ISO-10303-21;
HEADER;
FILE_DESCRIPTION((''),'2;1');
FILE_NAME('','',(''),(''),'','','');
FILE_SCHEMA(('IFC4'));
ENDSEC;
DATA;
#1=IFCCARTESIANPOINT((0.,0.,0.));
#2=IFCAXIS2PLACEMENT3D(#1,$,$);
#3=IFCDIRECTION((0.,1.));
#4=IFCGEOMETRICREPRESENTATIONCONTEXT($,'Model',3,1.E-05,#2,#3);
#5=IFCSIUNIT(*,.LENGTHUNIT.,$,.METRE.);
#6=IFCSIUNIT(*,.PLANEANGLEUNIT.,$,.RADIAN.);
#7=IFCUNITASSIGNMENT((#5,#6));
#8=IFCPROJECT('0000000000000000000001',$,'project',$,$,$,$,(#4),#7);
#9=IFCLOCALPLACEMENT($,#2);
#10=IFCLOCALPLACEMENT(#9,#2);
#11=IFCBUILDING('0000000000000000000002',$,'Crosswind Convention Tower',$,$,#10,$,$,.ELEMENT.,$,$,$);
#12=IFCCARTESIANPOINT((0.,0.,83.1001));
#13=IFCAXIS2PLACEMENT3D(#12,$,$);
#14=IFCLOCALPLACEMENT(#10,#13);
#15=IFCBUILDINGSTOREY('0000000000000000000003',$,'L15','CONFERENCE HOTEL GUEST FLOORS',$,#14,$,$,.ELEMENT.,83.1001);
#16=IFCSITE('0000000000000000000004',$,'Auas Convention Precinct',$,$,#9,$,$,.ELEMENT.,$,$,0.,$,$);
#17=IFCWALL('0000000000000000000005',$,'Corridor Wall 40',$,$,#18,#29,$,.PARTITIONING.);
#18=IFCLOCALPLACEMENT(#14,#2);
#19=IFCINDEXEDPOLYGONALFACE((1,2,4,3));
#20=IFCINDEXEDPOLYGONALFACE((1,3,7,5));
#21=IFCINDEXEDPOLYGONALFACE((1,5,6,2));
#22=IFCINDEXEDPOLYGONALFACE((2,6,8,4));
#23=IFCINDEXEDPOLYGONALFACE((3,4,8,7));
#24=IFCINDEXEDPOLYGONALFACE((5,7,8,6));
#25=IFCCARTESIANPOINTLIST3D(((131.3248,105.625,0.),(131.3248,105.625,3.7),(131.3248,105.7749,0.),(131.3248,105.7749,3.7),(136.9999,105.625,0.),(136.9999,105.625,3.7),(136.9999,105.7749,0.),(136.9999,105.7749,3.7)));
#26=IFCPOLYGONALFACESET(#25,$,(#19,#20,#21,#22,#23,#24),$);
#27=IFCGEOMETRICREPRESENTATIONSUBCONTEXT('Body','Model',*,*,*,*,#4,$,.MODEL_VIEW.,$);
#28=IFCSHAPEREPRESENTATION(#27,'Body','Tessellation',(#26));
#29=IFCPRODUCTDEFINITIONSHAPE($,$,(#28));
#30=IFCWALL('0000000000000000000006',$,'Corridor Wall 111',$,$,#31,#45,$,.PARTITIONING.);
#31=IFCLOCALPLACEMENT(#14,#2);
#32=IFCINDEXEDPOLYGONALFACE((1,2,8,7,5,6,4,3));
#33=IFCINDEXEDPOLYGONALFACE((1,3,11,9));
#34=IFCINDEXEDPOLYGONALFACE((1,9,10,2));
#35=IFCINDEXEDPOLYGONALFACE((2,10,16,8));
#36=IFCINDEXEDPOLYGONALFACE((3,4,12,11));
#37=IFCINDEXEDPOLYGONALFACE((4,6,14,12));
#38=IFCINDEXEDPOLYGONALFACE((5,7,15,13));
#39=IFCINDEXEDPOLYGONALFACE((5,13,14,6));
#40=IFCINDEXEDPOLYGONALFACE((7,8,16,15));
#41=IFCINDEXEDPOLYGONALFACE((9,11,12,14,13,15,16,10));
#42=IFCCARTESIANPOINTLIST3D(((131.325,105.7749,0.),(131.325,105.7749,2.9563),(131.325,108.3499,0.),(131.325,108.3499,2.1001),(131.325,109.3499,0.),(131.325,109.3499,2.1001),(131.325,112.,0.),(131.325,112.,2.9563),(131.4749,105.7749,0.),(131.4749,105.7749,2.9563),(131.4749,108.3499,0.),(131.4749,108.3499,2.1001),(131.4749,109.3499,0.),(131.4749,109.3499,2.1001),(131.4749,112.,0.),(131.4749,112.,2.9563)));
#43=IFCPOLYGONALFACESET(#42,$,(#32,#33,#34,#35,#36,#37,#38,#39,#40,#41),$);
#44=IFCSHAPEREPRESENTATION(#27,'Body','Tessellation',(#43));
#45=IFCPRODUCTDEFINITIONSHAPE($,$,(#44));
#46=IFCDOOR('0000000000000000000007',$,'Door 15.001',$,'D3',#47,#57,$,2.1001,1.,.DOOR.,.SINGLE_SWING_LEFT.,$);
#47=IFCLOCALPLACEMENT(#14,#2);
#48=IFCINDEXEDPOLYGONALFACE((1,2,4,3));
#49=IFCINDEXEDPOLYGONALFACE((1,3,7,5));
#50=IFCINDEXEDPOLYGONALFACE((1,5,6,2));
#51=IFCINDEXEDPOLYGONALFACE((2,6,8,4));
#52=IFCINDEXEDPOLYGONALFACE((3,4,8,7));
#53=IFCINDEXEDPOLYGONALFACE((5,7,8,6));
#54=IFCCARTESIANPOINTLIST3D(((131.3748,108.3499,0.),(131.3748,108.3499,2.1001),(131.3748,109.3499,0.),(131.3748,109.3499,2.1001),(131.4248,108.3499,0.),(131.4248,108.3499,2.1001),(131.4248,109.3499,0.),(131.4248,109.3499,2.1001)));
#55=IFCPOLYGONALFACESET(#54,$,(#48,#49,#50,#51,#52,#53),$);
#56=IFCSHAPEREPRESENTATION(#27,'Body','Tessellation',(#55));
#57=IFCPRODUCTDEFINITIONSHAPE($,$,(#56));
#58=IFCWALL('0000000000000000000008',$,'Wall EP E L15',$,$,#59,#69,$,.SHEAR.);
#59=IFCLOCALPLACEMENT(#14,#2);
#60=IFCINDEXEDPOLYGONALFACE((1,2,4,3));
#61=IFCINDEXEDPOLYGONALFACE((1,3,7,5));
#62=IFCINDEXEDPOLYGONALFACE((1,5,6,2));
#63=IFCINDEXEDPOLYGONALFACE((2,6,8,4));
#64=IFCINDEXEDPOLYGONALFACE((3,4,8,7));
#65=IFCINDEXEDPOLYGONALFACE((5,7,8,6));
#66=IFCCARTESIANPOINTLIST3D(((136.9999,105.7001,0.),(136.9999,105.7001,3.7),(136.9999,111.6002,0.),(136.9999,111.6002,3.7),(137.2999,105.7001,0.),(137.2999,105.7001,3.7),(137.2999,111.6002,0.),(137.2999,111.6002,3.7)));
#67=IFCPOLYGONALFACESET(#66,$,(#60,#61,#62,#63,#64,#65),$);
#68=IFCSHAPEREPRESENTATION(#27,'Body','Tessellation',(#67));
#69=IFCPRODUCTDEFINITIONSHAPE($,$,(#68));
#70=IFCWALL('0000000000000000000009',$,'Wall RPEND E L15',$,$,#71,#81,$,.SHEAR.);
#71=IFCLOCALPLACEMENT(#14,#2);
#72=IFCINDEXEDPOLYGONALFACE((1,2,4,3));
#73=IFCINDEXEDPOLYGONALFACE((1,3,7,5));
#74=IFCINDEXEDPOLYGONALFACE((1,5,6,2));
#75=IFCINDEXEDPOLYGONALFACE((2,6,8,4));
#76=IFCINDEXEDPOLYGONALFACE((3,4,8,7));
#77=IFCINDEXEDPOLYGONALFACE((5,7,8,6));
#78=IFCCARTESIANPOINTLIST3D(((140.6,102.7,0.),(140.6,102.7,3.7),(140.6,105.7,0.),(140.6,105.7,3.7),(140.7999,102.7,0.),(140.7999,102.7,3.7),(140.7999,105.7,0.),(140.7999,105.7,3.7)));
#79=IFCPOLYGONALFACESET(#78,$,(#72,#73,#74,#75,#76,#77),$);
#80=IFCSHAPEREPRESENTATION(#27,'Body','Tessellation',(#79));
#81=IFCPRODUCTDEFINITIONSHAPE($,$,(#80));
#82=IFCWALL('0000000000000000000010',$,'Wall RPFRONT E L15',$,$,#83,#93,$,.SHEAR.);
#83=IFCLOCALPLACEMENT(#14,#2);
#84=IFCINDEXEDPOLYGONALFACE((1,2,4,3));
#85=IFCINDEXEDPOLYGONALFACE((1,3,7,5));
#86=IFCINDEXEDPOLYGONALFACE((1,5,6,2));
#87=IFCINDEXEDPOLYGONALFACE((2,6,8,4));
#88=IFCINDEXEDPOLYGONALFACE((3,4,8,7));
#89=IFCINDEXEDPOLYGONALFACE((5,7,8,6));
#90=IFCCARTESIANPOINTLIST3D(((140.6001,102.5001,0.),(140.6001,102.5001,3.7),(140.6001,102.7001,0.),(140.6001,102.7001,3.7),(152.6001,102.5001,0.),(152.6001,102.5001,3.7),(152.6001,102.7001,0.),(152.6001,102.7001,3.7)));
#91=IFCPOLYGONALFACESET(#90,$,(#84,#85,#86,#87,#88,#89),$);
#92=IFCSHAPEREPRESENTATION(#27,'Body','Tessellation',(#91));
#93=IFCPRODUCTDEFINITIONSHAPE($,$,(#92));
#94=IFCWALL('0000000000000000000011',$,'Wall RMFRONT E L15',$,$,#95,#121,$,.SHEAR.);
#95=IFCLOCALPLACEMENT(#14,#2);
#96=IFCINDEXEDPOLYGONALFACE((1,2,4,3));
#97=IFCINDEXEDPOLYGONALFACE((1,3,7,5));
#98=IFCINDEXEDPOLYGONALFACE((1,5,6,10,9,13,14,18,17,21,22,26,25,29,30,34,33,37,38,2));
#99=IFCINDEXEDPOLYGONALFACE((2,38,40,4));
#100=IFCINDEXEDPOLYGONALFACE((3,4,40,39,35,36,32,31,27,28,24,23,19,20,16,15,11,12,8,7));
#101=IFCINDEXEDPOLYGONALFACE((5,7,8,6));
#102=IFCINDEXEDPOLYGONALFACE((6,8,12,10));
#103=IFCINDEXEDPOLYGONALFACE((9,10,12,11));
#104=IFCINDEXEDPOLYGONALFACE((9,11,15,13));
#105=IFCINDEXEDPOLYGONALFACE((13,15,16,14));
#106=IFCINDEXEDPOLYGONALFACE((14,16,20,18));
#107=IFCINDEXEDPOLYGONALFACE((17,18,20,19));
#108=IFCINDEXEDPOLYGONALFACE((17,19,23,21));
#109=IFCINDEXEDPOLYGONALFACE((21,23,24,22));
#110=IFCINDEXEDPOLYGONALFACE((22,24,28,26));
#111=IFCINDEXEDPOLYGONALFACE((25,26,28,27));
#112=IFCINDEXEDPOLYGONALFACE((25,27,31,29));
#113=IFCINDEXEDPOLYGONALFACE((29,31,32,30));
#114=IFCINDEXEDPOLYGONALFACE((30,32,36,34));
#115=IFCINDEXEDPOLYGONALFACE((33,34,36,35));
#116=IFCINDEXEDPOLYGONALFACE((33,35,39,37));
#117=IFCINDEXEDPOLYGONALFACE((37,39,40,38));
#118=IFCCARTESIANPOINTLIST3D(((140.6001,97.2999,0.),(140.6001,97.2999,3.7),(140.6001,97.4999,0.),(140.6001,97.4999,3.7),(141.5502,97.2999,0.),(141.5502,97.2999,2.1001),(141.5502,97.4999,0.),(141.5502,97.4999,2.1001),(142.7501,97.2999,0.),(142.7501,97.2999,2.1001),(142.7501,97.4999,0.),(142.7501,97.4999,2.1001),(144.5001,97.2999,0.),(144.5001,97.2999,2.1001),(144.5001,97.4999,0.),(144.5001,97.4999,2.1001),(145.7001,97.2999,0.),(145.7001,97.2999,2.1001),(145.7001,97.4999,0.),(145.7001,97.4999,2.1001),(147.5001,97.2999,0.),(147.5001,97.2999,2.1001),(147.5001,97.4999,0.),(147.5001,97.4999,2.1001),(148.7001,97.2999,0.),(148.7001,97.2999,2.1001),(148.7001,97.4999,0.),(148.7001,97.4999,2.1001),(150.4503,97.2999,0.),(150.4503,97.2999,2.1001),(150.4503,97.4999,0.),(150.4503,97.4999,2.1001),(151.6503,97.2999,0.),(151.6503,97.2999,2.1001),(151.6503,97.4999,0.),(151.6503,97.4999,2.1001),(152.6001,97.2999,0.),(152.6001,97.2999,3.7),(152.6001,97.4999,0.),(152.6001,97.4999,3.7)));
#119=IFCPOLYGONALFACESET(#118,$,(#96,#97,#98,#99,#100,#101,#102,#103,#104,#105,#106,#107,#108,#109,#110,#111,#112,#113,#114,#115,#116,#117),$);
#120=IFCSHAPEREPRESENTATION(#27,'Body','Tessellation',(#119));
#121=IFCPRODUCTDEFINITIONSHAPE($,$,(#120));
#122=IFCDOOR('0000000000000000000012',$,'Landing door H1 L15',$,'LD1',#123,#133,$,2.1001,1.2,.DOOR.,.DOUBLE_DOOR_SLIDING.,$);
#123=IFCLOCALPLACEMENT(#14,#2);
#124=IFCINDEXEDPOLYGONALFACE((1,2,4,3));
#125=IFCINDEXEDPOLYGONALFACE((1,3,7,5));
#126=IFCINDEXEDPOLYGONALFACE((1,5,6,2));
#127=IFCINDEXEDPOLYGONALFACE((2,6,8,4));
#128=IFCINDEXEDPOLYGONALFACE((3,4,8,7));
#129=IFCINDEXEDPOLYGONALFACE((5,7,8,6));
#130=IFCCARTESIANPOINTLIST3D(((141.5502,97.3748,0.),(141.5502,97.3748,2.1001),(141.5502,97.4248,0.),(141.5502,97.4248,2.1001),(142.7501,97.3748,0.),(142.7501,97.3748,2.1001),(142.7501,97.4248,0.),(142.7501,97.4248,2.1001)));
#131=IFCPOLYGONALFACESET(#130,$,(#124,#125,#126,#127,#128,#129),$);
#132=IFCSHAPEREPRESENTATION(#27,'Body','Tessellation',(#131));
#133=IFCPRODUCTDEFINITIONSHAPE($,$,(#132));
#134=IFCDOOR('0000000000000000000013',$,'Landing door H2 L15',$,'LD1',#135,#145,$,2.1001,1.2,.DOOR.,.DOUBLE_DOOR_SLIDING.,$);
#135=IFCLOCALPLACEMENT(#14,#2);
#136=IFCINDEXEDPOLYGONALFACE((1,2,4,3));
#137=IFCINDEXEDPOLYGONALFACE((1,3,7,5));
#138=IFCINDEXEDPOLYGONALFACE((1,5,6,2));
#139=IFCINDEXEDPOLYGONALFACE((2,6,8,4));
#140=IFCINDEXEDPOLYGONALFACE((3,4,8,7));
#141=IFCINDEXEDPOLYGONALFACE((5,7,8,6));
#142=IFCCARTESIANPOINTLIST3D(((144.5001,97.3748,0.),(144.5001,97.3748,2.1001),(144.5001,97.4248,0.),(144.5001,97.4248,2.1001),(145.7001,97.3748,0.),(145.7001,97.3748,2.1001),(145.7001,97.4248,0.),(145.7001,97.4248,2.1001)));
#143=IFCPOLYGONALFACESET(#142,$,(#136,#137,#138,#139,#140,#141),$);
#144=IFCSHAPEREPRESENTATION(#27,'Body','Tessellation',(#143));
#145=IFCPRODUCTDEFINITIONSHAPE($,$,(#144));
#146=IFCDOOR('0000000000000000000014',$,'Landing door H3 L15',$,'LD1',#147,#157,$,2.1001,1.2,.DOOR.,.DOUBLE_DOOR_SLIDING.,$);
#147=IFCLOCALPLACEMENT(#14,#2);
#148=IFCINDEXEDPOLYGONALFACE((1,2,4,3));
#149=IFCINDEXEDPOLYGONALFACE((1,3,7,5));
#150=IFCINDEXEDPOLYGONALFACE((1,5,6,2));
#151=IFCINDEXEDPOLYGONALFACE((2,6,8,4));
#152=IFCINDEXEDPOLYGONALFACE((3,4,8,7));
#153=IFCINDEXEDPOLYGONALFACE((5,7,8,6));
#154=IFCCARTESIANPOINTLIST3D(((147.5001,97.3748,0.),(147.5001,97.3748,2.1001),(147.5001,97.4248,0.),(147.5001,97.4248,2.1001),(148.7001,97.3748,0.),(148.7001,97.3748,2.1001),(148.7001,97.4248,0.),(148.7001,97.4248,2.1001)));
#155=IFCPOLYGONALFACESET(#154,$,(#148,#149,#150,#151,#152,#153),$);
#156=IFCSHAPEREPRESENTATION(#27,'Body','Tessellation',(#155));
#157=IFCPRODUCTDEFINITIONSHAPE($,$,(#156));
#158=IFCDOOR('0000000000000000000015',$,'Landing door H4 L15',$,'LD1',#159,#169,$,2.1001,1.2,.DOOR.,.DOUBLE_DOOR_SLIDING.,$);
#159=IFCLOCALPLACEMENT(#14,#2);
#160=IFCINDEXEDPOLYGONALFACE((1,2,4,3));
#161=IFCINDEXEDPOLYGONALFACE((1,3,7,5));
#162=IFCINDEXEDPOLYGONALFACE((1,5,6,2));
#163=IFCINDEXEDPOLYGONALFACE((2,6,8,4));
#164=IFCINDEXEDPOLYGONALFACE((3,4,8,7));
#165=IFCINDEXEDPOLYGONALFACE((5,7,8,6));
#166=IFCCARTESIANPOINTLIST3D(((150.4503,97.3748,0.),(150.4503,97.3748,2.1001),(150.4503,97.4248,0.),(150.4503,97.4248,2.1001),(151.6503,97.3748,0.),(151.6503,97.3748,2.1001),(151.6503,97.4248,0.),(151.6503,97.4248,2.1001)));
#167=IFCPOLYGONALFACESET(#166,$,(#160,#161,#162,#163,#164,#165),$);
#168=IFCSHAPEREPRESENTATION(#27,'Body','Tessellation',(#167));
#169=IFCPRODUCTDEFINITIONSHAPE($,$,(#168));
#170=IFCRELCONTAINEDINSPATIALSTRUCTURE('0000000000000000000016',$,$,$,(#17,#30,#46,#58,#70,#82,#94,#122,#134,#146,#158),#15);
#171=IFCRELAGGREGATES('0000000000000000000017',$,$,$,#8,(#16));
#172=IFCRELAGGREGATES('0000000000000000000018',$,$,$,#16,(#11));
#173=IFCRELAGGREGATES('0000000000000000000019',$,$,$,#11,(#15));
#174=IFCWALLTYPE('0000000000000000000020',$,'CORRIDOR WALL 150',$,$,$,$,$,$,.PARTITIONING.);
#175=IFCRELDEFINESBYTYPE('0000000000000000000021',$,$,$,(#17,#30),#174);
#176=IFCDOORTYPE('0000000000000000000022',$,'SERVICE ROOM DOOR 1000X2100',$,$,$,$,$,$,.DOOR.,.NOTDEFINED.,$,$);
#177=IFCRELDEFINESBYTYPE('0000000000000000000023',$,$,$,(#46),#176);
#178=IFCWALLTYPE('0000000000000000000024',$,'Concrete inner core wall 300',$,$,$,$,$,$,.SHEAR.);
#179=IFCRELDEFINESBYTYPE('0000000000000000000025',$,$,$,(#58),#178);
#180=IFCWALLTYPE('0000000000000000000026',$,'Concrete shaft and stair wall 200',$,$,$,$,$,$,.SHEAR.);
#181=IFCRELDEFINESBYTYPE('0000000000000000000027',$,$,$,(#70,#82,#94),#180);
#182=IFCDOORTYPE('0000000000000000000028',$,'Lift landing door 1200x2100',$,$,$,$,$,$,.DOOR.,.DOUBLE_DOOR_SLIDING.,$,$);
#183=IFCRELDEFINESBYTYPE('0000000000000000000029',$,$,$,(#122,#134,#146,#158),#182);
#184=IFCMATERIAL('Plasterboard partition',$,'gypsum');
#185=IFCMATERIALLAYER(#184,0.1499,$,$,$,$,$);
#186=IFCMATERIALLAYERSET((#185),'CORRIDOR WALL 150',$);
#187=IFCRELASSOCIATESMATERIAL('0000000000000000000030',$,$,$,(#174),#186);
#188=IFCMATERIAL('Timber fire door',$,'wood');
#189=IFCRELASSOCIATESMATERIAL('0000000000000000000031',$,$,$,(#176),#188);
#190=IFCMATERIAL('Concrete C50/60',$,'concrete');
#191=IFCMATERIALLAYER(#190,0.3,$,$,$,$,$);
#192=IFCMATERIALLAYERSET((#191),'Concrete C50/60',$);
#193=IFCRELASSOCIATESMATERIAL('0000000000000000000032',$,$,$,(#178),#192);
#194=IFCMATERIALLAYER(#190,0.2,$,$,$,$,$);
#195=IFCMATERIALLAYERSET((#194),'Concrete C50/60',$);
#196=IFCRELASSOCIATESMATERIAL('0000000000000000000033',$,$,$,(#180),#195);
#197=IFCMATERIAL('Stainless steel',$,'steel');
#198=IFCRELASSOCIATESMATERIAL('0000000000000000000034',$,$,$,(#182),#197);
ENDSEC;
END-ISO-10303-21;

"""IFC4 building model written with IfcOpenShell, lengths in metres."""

from ifc_helpers import new_model, si_unit, direction, frame, frame_2d, origin, place, context, subcontext, project, spatial, rectangle, extrude, material, layer, layer_set, type_object, element, fill, save


model = new_model("IFC4")

# Units and contexts
model_context = context("Model", 3, precision=1e-05, world=origin(), true_north=direction((0.0, 1.0)))
body_context = subcontext(model_context, "Body", "Model", "MODEL_VIEW")
ifc_project = project(units=[si_unit("LENGTHUNIT", "METRE"), si_unit("PLANEANGLEUNIT", "RADIAN")], contexts=[model_context])

# Site, building, storey
site_placement = place(None, origin())
site = spatial("IfcSite", under=ifc_project, at=site_placement, Name="Auas Convention Precinct", CompositionType="ELEMENT", RefElevation=0.0)
building_placement = place(site_placement, origin())
building = spatial("IfcBuilding", under=site, at=building_placement, Name="Crosswind Convention Tower", CompositionType="ELEMENT")
storey_placement = place(building_placement, frame((0.0, 0.0, 83.1001)))
storey = spatial("IfcBuildingStorey", under=building, at=storey_placement, Name="L15", Description="CONFERENCE HOTEL GUEST FLOORS", CompositionType="ELEMENT", Elevation=83.1001)

# Wall
ifc_material_1 = material(Name="Plasterboard partition", Category="gypsum")
ifc_layer_1 = layer(ifc_material_1, 0.1499)
ifc_layer_set_1 = layer_set([ifc_layer_1], Name="CORRIDOR WALL 150")
wall_type_1 = type_object("IfcWallType", Name="CORRIDOR WALL 150", PredefinedType="PARTITIONING", material=ifc_layer_set_1)
wall_1_placement = place(storey_placement, frame((131.325, 105.7, 0.0), z_axis=(0.0, 0.0, 1.0), x_axis=(1.0, 0.0, 0.0)))
element("IfcWall", 1, at=wall_1_placement, inside=storey, type_object=wall_type_1, Name="Corridor Wall 40", PredefinedType="PARTITIONING", context=body_context, shape_type="SweptSolid", body=[
    extrude(rectangle(XDim=5.675, YDim=0.1499, at=frame_2d((2.8374, 0.0))), origin(), (0.0, 0.0, 1.0), 3.7),
])

# Wall, opening, door
wall_2_placement = place(storey_placement, frame((131.3999, 105.7749, 0.0), z_axis=(0.0, 0.0, 1.0), x_axis=(0.0, 1.0, 0.0)))
wall_2 = element("IfcWall", 2, at=wall_2_placement, inside=storey, type_object=wall_type_1, Name="Corridor Wall 111", PredefinedType="PARTITIONING", context=body_context, shape_type="SweptSolid", body=[
    extrude(rectangle(XDim=6.2251, YDim=0.1499, at=frame_2d((3.1125, 0.0))), origin(), (0.0, 0.0, 1.0), 2.9563),
])
opening_1_placement = place(wall_2_placement, frame((2.575, 0.0, 0.0)))
opening_1 = element("IfcOpeningElement", 3, at=opening_1_placement, cuts=wall_2, PredefinedType="OPENING", context=body_context, shape_type="SweptSolid", body=[
    extrude(rectangle(XDim=1.0, YDim=2.1001, at=frame_2d((0.5, 1.05))), frame((0.0, 0.085, 0.0), z_axis=(0.0, -1.0, 0.0), x_axis=(1.0, 0.0, 0.0)), (0.0, 0.0, 1.0), 0.1699),
])
ifc_material_2 = material(Name="Timber fire door", Category="wood")
door_type_1 = type_object("IfcDoorType", Name="SERVICE ROOM DOOR 1000X2100", OperationType="NOTDEFINED", PredefinedType="DOOR", material=ifc_material_2)
door_1_placement = place(opening_1_placement, frame((1.0, 0.0, 0.0), z_axis=(0.0, 0.0, 1.0), x_axis=(-1.0, 0.0, 0.0)))
door_1 = element("IfcDoor", 4, at=door_1_placement, inside=storey, type_object=door_type_1, Name="Door 15.001", ObjectType="D3", OperationType="SINGLE_SWING_LEFT", OverallHeight=2.1001, OverallWidth=1.0, PredefinedType="DOOR", context=body_context, shape_type="SweptSolid", body=[
    extrude(rectangle(XDim=1.0, YDim=2.1001, at=frame_2d((0.5, 1.05))), frame((0.0, 0.0249, 0.0), z_axis=(0.0, -1.0, 0.0), x_axis=(1.0, 0.0, 0.0)), (0.0, 0.0, 1.0), 0.05),
])
fill(opening_1, door_1)

# Walls
ifc_material_3 = material(Name="Concrete C50/60", Category="concrete")
ifc_layer_2 = layer(ifc_material_3, 0.3)
ifc_layer_set_2 = layer_set([ifc_layer_2], Name="Concrete C50/60")
wall_type_2 = type_object("IfcWallType", Name="Concrete inner core wall 300", PredefinedType="SHEAR", material=ifc_layer_set_2)
wall_3_placement = place(storey_placement, frame((137.1499, 105.7, 0.0), z_axis=(0.0, 0.0, 1.0), x_axis=(0.0, 1.0, 0.0)))
element("IfcWall", 5, at=wall_3_placement, inside=storey, type_object=wall_type_2, Name="Wall EP E L15", PredefinedType="SHEAR", context=body_context, shape_type="SweptSolid", body=[
    extrude(rectangle(XDim=5.9001, YDim=0.3, at=frame_2d((2.9502, 0.0))), origin(), (0.0, 0.0, 1.0), 3.7),
])
ifc_layer_3 = layer(ifc_material_3, 0.2)
ifc_layer_set_3 = layer_set([ifc_layer_3], Name="Concrete C50/60")
wall_type_3 = type_object("IfcWallType", Name="Concrete shaft and stair wall 200", PredefinedType="SHEAR", material=ifc_layer_set_3)
wall_4_placement = place(storey_placement, frame((140.7, 102.7, 0.0), z_axis=(0.0, 0.0, 1.0), x_axis=(0.0, 1.0, 0.0)))
element("IfcWall", 6, at=wall_4_placement, inside=storey, type_object=wall_type_3, Name="Wall RPEND E L15", PredefinedType="SHEAR", context=body_context, shape_type="SweptSolid", body=[
    extrude(rectangle(XDim=3.0, YDim=0.2, at=frame_2d((1.5, 0.0))), origin(), (0.0, 0.0, 1.0), 3.7),
])
wall_5_placement = place(storey_placement, frame((140.6001, 102.6001, 0.0), z_axis=(0.0, 0.0, 1.0), x_axis=(1.0, 0.0, 0.0)))
element("IfcWall", 7, at=wall_5_placement, inside=storey, type_object=wall_type_3, Name="Wall RPFRONT E L15", PredefinedType="SHEAR", context=body_context, shape_type="SweptSolid", body=[
    extrude(rectangle(XDim=12.0, YDim=0.2, at=frame_2d((6.0, 0.0))), origin(), (0.0, 0.0, 1.0), 3.7),
])

# Wall, openings, doors
wall_6_placement = place(storey_placement, frame((140.6001, 97.3999, 0.0), z_axis=(0.0, 0.0, 1.0), x_axis=(1.0, 0.0, 0.0)))
wall_6 = element("IfcWall", 8, at=wall_6_placement, inside=storey, type_object=wall_type_3, Name="Wall RMFRONT E L15", PredefinedType="SHEAR", context=body_context, shape_type="SweptSolid", body=[
    extrude(rectangle(XDim=12.0, YDim=0.2, at=frame_2d((6.0, 0.0))), origin(), (0.0, 0.0, 1.0), 3.7),
])
opening_2_placement = place(wall_6_placement, frame((0.95, 0.0, 0.0)))
opening_2 = element("IfcOpeningElement", 9, at=opening_2_placement, cuts=wall_6, PredefinedType="OPENING", context=body_context, shape_type="SweptSolid", body=[
    extrude(rectangle(XDim=1.2, YDim=2.1001, at=frame_2d((0.6001, 1.05))), frame((0.0, 0.1099, 0.0), z_axis=(0.0, -1.0, 0.0), x_axis=(1.0, 0.0, 0.0)), (0.0, 0.0, 1.0), 0.22),
])
opening_3_placement = place(wall_6_placement, frame((3.8999, 0.0, 0.0)))
opening_3 = element("IfcOpeningElement", 10, at=opening_3_placement, cuts=wall_6, PredefinedType="OPENING", context=body_context, shape_type="SweptSolid", body=[
    extrude(rectangle(XDim=1.2, YDim=2.1001, at=frame_2d((0.6001, 1.05))), frame((0.0, 0.1099, 0.0), z_axis=(0.0, -1.0, 0.0), x_axis=(1.0, 0.0, 0.0)), (0.0, 0.0, 1.0), 0.22),
])
opening_4_placement = place(wall_6_placement, frame((6.8999, 0.0, 0.0)))
opening_4 = element("IfcOpeningElement", 11, at=opening_4_placement, cuts=wall_6, PredefinedType="OPENING", context=body_context, shape_type="SweptSolid", body=[
    extrude(rectangle(XDim=1.2, YDim=2.1001, at=frame_2d((0.6001, 1.05))), frame((0.0, 0.1099, 0.0), z_axis=(0.0, -1.0, 0.0), x_axis=(1.0, 0.0, 0.0)), (0.0, 0.0, 1.0), 0.22),
])
opening_5_placement = place(wall_6_placement, frame((9.8501, 0.0, 0.0)))
opening_5 = element("IfcOpeningElement", 12, at=opening_5_placement, cuts=wall_6, PredefinedType="OPENING", context=body_context, shape_type="SweptSolid", body=[
    extrude(rectangle(XDim=1.2, YDim=2.1001, at=frame_2d((0.6001, 1.05))), frame((0.0, 0.1099, 0.0), z_axis=(0.0, -1.0, 0.0), x_axis=(1.0, 0.0, 0.0)), (0.0, 0.0, 1.0), 0.22),
])
ifc_material_4 = material(Name="Stainless steel", Category="steel")
door_type_2 = type_object("IfcDoorType", Name="Lift landing door 1200x2100", OperationType="DOUBLE_DOOR_SLIDING", PredefinedType="DOOR", material=ifc_material_4)
door_2_placement = place(opening_2_placement, origin())
door_2 = element("IfcDoor", 13, at=door_2_placement, inside=storey, type_object=door_type_2, Name="Landing door H1 L15", ObjectType="LD1", OperationType="DOUBLE_DOOR_SLIDING", OverallHeight=2.1001, OverallWidth=1.2, PredefinedType="DOOR", context=body_context, shape_type="SweptSolid", body=[
    extrude(rectangle(XDim=1.2, YDim=2.1001, at=frame_2d((0.6001, 1.05))), frame((0.0, 0.0249, 0.0), z_axis=(0.0, -1.0, 0.0), x_axis=(1.0, 0.0, 0.0)), (0.0, 0.0, 1.0), 0.05),
])
fill(opening_2, door_2)
door_3_placement = place(opening_3_placement, origin())
door_3 = element("IfcDoor", 14, at=door_3_placement, inside=storey, type_object=door_type_2, Name="Landing door H2 L15", ObjectType="LD1", OperationType="DOUBLE_DOOR_SLIDING", OverallHeight=2.1001, OverallWidth=1.2, PredefinedType="DOOR", context=body_context, shape_type="SweptSolid", body=[
    extrude(rectangle(XDim=1.2, YDim=2.1001, at=frame_2d((0.6001, 1.05))), frame((0.0, 0.0249, 0.0), z_axis=(0.0, -1.0, 0.0), x_axis=(1.0, 0.0, 0.0)), (0.0, 0.0, 1.0), 0.05),
])
fill(opening_3, door_3)
door_4_placement = place(opening_4_placement, origin())
door_4 = element("IfcDoor", 15, at=door_4_placement, inside=storey, type_object=door_type_2, Name="Landing door H3 L15", ObjectType="LD1", OperationType="DOUBLE_DOOR_SLIDING", OverallHeight=2.1001, OverallWidth=1.2, PredefinedType="DOOR", context=body_context, shape_type="SweptSolid", body=[
    extrude(rectangle(XDim=1.2, YDim=2.1001, at=frame_2d((0.6001, 1.05))), frame((0.0, 0.0249, 0.0), z_axis=(0.0, -1.0, 0.0), x_axis=(1.0, 0.0, 0.0)), (0.0, 0.0, 1.0), 0.05),
])
fill(opening_4, door_4)
door_5_placement = place(opening_5_placement, origin())
door_5 = element("IfcDoor", 16, at=door_5_placement, inside=storey, type_object=door_type_2, Name="Landing door H4 L15", ObjectType="LD1", OperationType="DOUBLE_DOOR_SLIDING", OverallHeight=2.1001, OverallWidth=1.2, PredefinedType="DOOR", context=body_context, shape_type="SweptSolid", body=[
    extrude(rectangle(XDim=1.2, YDim=2.1001, at=frame_2d((0.6001, 1.05))), frame((0.0, 0.0249, 0.0), z_axis=(0.0, -1.0, 0.0), x_axis=(1.0, 0.0, 0.0)), (0.0, 0.0, 1.0), 0.05),
])
fill(opening_5, door_5)

save(model, "model.ifc")
